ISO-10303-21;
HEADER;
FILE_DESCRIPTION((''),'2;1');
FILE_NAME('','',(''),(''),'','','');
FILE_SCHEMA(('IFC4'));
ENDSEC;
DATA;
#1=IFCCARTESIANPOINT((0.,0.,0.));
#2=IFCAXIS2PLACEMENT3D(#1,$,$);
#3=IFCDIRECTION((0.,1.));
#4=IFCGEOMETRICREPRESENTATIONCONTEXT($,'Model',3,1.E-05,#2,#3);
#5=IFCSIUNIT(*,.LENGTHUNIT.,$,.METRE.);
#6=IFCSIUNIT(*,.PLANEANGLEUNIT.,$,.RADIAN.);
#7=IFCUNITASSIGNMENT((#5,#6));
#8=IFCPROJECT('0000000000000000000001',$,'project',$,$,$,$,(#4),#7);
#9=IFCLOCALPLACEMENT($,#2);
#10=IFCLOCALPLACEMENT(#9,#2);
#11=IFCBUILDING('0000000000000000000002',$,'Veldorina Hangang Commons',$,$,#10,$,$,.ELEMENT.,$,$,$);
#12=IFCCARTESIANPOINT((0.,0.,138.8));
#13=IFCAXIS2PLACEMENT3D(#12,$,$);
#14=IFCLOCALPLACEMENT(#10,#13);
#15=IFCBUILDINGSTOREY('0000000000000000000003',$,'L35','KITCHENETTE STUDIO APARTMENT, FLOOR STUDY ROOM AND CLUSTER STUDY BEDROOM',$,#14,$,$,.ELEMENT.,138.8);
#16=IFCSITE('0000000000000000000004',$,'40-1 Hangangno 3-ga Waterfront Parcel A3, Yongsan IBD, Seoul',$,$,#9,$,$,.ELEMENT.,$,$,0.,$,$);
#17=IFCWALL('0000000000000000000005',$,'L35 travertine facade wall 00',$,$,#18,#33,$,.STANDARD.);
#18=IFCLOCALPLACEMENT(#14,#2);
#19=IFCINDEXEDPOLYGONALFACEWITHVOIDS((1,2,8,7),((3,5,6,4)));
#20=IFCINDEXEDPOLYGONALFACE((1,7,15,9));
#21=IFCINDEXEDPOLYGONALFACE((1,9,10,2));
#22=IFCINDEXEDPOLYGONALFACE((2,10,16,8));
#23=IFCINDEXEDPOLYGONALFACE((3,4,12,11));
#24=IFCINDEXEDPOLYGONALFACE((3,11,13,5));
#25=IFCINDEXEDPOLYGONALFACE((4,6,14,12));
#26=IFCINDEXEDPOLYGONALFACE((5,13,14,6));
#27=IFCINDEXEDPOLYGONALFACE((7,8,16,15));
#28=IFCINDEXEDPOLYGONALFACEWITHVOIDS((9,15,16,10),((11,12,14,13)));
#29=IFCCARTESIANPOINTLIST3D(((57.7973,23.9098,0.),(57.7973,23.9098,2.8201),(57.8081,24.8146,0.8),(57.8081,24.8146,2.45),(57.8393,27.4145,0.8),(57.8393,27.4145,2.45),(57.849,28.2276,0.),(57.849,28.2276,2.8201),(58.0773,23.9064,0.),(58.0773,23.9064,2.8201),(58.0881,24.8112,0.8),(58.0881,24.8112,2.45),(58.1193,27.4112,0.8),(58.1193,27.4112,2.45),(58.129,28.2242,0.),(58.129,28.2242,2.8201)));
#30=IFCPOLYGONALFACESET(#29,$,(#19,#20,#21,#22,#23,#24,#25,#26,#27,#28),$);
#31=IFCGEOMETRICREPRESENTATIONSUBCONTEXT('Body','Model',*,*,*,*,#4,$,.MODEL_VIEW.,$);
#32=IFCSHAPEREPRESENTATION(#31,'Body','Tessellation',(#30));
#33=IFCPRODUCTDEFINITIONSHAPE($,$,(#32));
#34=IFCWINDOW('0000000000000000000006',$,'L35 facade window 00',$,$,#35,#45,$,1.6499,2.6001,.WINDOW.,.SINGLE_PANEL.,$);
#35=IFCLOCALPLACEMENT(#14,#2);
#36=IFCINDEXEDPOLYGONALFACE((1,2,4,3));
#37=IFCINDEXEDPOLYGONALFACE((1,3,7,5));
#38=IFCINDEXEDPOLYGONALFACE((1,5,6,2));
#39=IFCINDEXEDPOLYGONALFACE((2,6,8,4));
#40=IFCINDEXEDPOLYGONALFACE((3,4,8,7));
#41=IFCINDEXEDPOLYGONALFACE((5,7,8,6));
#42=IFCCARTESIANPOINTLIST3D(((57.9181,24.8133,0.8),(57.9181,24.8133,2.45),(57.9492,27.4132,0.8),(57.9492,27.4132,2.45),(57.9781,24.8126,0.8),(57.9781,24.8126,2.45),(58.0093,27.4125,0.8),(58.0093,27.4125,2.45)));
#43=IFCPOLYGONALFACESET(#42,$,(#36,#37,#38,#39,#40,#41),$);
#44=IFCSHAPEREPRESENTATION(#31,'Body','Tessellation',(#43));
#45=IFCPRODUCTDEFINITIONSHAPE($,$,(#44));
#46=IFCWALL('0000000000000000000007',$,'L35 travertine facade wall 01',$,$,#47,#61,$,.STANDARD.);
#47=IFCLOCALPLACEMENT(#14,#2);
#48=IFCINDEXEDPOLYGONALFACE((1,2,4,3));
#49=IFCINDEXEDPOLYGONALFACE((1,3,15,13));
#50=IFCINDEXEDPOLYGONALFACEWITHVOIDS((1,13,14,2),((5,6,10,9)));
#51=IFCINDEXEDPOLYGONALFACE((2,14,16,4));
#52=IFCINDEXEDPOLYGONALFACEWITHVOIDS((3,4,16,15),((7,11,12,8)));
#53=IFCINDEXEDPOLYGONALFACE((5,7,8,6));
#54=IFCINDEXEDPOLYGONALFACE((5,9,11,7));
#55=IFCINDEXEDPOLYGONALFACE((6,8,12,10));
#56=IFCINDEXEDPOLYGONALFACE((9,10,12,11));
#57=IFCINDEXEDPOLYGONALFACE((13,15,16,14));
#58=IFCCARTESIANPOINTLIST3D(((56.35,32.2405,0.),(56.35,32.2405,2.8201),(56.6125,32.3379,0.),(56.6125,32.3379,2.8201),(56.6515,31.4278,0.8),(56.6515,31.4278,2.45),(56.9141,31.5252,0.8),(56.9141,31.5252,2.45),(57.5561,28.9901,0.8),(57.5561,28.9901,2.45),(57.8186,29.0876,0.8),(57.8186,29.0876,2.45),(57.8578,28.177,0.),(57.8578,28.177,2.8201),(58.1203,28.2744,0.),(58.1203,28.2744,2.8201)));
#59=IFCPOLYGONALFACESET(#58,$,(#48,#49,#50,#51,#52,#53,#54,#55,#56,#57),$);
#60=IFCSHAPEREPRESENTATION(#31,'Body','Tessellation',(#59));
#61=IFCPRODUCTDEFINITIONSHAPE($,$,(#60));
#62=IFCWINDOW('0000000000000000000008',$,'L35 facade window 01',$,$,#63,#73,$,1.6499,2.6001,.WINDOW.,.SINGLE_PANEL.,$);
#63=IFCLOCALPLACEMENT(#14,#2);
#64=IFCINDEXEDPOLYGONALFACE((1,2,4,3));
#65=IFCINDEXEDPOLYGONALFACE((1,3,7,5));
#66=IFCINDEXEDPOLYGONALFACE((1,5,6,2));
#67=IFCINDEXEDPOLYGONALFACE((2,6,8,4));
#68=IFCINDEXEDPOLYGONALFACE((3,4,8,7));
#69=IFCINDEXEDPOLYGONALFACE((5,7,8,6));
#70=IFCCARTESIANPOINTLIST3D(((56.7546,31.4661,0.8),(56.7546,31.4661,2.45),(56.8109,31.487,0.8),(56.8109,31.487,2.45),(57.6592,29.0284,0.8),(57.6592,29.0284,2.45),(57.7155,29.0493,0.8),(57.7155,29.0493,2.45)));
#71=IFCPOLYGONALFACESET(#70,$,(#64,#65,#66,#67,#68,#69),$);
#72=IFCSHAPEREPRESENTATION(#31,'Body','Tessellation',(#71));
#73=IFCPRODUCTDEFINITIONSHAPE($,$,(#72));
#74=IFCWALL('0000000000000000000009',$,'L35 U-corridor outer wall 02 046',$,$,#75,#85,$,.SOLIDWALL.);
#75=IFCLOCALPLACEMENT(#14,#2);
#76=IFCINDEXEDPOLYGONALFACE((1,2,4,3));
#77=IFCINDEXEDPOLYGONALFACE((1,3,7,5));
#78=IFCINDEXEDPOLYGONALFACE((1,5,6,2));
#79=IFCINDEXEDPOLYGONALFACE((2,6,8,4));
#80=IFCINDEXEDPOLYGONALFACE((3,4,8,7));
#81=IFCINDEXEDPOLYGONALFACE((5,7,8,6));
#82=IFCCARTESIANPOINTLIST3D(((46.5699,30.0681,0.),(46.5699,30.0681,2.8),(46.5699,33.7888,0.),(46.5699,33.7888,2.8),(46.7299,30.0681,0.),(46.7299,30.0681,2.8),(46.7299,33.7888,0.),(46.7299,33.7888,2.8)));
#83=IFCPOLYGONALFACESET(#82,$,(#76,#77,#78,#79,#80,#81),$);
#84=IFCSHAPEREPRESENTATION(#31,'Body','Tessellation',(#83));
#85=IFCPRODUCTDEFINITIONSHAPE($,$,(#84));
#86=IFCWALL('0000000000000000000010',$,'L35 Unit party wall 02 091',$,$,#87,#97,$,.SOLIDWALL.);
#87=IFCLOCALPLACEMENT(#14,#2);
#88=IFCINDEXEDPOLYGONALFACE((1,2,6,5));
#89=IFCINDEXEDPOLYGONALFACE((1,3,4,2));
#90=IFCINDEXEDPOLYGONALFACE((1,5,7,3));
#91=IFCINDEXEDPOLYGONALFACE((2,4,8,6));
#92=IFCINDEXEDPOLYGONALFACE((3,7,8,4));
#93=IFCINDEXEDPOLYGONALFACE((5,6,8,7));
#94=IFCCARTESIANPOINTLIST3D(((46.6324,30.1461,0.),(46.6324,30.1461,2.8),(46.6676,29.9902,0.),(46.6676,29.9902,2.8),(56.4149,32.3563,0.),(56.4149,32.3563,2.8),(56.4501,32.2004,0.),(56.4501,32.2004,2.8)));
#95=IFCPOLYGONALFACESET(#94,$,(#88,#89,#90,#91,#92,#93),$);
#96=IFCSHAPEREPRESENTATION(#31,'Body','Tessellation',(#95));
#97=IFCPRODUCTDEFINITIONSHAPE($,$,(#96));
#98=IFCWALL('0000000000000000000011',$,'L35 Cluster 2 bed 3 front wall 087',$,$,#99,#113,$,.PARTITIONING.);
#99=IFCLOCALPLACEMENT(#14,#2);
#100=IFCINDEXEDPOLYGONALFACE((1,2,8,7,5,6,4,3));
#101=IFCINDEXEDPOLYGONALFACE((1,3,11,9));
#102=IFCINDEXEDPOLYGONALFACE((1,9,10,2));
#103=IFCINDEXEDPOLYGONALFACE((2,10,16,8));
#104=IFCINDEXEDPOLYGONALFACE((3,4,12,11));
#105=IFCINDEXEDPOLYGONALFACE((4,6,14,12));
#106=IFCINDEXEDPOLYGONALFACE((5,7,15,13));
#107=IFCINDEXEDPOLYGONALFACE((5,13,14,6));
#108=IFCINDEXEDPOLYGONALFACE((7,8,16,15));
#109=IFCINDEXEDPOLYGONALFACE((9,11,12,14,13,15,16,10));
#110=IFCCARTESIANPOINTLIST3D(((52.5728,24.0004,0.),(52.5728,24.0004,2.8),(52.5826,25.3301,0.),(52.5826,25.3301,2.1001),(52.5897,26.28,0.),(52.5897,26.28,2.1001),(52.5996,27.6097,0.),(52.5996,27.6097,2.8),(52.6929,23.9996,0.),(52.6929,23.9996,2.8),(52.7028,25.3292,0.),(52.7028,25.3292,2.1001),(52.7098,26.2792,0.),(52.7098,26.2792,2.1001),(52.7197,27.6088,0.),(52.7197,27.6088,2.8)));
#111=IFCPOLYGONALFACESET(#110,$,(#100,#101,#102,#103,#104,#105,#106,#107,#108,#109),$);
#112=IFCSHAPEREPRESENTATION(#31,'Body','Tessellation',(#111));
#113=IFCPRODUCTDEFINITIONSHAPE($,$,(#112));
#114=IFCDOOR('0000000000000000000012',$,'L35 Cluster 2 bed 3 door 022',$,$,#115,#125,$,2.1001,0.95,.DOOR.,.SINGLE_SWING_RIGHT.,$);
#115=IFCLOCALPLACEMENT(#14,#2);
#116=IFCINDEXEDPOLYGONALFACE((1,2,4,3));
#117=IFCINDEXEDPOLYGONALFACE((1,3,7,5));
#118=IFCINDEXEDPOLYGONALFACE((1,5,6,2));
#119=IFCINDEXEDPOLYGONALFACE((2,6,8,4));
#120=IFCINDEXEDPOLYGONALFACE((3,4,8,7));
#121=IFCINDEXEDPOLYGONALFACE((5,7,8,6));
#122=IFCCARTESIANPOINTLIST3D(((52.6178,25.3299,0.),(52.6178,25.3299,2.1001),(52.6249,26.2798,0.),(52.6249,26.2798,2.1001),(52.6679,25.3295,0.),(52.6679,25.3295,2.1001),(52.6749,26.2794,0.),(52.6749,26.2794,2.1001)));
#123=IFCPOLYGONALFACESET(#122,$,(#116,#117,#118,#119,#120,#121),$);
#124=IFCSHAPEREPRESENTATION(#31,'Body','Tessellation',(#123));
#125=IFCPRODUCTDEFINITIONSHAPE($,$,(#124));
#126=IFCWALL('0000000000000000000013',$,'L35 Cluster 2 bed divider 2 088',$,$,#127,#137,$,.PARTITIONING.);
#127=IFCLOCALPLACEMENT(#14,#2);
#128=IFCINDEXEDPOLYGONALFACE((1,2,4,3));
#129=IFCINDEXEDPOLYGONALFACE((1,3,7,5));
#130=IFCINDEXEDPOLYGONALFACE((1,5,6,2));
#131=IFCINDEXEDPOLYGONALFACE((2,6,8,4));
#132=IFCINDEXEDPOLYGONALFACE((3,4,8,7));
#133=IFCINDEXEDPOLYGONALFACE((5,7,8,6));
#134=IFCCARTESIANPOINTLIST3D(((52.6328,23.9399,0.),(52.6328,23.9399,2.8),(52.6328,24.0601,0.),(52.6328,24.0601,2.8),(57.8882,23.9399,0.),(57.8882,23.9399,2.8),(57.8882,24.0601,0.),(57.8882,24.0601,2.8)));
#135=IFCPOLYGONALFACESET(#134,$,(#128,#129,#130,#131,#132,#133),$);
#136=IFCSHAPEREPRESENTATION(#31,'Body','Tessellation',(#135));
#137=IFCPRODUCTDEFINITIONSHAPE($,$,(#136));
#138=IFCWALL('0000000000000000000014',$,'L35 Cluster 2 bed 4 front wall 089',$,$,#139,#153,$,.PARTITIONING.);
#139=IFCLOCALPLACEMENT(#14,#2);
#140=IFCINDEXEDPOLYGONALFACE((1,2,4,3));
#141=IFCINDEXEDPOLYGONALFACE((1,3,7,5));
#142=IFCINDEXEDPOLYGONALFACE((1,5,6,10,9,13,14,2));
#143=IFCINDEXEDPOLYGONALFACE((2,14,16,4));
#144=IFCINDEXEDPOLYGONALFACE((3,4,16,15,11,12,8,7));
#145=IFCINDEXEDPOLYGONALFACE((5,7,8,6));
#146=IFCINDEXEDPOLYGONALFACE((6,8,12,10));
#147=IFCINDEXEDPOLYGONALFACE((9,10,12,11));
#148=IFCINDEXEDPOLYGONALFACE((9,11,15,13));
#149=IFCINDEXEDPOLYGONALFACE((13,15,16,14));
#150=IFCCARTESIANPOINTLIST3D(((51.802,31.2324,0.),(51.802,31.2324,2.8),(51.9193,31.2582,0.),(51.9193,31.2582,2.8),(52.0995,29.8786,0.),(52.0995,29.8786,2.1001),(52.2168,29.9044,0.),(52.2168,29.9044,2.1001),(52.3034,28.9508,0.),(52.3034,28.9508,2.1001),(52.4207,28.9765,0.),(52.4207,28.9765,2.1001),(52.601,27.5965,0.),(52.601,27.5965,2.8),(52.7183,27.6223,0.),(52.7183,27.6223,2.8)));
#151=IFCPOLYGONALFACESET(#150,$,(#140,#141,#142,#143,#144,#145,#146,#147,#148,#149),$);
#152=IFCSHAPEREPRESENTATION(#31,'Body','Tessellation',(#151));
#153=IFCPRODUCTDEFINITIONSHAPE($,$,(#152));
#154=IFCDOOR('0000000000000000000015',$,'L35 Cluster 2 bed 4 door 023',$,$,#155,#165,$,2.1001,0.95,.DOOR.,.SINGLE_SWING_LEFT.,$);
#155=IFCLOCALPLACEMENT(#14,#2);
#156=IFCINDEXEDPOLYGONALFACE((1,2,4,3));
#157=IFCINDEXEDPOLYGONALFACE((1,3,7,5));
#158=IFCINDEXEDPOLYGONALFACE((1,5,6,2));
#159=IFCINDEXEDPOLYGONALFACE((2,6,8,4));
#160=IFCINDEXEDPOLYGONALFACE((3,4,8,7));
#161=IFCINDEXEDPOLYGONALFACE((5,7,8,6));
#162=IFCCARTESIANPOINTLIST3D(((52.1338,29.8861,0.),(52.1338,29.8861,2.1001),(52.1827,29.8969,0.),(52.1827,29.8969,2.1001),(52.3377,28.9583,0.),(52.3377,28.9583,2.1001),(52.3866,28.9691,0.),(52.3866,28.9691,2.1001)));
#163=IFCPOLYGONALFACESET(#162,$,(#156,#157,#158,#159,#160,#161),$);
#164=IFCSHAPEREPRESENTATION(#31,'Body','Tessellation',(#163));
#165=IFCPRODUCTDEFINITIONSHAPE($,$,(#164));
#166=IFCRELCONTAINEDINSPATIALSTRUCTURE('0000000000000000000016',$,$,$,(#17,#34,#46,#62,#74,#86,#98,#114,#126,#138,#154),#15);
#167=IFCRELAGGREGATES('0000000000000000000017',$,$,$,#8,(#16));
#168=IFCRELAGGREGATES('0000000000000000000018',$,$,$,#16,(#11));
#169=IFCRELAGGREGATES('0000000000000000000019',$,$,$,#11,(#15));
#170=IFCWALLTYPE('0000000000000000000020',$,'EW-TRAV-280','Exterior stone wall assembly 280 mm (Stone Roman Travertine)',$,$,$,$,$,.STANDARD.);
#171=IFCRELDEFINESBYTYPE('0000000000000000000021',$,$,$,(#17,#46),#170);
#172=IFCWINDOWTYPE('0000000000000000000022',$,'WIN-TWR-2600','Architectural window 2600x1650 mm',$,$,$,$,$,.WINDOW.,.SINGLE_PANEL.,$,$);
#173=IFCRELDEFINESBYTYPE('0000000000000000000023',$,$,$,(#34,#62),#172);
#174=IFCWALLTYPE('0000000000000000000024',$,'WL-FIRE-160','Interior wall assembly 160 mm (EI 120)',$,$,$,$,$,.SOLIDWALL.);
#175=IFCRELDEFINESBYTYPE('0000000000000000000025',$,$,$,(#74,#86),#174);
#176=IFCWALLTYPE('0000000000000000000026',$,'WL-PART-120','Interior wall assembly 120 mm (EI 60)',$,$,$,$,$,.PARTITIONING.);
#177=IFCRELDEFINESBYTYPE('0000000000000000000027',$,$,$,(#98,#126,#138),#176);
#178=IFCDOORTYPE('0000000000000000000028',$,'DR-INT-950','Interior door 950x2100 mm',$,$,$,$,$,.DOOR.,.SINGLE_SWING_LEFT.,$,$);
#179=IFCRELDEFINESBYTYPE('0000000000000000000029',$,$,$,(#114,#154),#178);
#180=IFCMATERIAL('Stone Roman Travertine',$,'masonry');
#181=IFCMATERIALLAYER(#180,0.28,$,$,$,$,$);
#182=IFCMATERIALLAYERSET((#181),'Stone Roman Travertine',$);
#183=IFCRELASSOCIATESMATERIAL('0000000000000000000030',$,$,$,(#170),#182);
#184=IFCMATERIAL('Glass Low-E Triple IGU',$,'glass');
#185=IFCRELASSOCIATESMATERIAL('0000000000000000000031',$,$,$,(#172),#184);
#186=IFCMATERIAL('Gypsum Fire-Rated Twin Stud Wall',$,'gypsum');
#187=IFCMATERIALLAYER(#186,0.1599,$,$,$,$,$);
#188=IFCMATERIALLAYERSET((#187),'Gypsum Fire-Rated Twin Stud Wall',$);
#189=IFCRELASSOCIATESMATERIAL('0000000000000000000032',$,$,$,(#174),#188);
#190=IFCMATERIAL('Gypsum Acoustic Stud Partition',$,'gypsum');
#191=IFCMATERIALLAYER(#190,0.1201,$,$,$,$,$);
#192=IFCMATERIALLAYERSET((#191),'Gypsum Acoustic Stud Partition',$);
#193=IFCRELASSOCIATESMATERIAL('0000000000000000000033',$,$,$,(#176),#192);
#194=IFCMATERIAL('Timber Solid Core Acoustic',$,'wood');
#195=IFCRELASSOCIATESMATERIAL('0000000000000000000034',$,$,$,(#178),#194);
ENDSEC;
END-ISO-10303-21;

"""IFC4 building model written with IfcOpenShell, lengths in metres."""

from ifc_helpers import new_model, si_unit, direction, frame, frame_2d, origin, place, context, subcontext, project, spatial, rectangle, extrude, material, layer, layer_set, type_object, element, fill, save


model = new_model("IFC4")

# Units and contexts
model_context = context("Model", 3, precision=1e-05, world=origin(), true_north=direction((0.0, 1.0)))
body_context = subcontext(model_context, "Body", "Model", "MODEL_VIEW")
ifc_project = project(units=[si_unit("LENGTHUNIT", "METRE"), si_unit("PLANEANGLEUNIT", "RADIAN")], contexts=[model_context])

# Site, building, storey
site_placement = place(None, origin())
site = spatial("IfcSite", under=ifc_project, at=site_placement, Name="40-1 Hangangno 3-ga Waterfront Parcel A3, Yongsan IBD, Seoul", CompositionType="ELEMENT", RefElevation=0.0)
building_placement = place(site_placement, origin())
building = spatial("IfcBuilding", under=site, at=building_placement, Name="Veldorina Hangang Commons", CompositionType="ELEMENT")
storey_placement = place(building_placement, frame((0.0, 0.0, 138.8)))
storey = spatial("IfcBuildingStorey", under=building, at=storey_placement, Name="L35", Description="KITCHENETTE STUDIO APARTMENT, FLOOR STUDY ROOM AND CLUSTER STUDY BEDROOM", CompositionType="ELEMENT", Elevation=138.8)

# Shared definitions
ifc_material_1 = material(Name="Glass Low-E Triple IGU", Category="glass")

# Walls, openings, windows
ifc_material_2 = material(Name="Stone Roman Travertine", Category="masonry")
ifc_layer_1 = layer(ifc_material_2, 0.28)
ifc_layer_set_1 = layer_set([ifc_layer_1], Name="Stone Roman Travertine")
wall_type_1 = type_object("IfcWallType", Name="EW-TRAV-280", Description="Exterior stone wall assembly 280 mm (Stone Roman Travertine)", PredefinedType="STANDARD", material=ifc_layer_set_1)
wall_1_placement = place(storey_placement, frame((57.9373, 23.908, 0.0), z_axis=(0.0, 0.0, 1.0), x_axis=(0.011986, 0.999928, 0.0)))
wall_1 = element("IfcWall", 1, at=wall_1_placement, inside=storey, type_object=wall_type_1, Name="L35 travertine facade wall 00", PredefinedType="STANDARD", context=body_context, shape_type="SweptSolid", body=[
    extrude(rectangle(XDim=4.3181, YDim=0.28, at=frame_2d((2.1592, 0.0))), origin(), (0.0, 0.0, 1.0), 2.8201),
])
opening_1_placement = place(wall_1_placement, frame((0.905, 0.0, 0.8)))
opening_1 = element("IfcOpeningElement", 2, at=opening_1_placement, cuts=wall_1, PredefinedType="OPENING", context=body_context, shape_type="SweptSolid", body=[
    extrude(rectangle(XDim=2.6001, YDim=1.6499, at=frame_2d((1.3, 0.825))), frame((0.0, 0.1499, 0.0), z_axis=(0.0, -1.0, 0.0), x_axis=(1.0, 0.0, 0.0)), (0.0, 0.0, 1.0), 0.3),
])
window_type = type_object("IfcWindowType", Name="WIN-TWR-2600", Description="Architectural window 2600x1650 mm", PartitioningType="SINGLE_PANEL", PredefinedType="WINDOW", material=ifc_material_1)
window_1_placement = place(opening_1_placement, origin())
window_1 = element("IfcWindow", 3, at=window_1_placement, inside=storey, type_object=window_type, Name="L35 facade window 00", OverallHeight=1.6499, OverallWidth=2.6001, PartitioningType="SINGLE_PANEL", PredefinedType="WINDOW", context=body_context, shape_type="SweptSolid", body=[
    extrude(rectangle(XDim=2.6001, YDim=1.6499, at=frame_2d((1.3, 0.825))), frame((0.0, 0.03, 0.0), z_axis=(0.0, -1.0, 0.0), x_axis=(1.0, 0.0, 0.0)), (0.0, 0.0, 1.0), 0.0601),
])
fill(opening_1, window_1)
wall_2_placement = place(storey_placement, frame((57.989, 28.2258, 0.0), z_axis=(0.0, 0.0, 1.0), x_axis=(-0.347887, 0.937537, 0.0)))
wall_2 = element("IfcWall", 4, at=wall_2_placement, inside=storey, type_object=wall_type_1, Name="L35 travertine facade wall 01", PredefinedType="STANDARD", context=body_context, shape_type="SweptSolid", body=[
    extrude(rectangle(XDim=4.3342, YDim=0.28, at=frame_2d((2.167, 0.0))), origin(), (0.0, 0.0, 1.0), 2.8201),
])
opening_2_placement = place(wall_2_placement, frame((0.8672, 0.0, 0.8)))
opening_2 = element("IfcOpeningElement", 5, at=opening_2_placement, cuts=wall_2, PredefinedType="OPENING", context=body_context, shape_type="SweptSolid", body=[
    extrude(rectangle(XDim=2.6001, YDim=1.6499, at=frame_2d((1.3, 0.825))), frame((0.0, 0.1499, 0.0), z_axis=(0.0, -1.0, 0.0), x_axis=(1.0, 0.0, 0.0)), (0.0, 0.0, 1.0), 0.3),
])
window_2_placement = place(opening_2_placement, origin())
window_2 = element("IfcWindow", 6, at=window_2_placement, inside=storey, type_object=window_type, Name="L35 facade window 01", OverallHeight=1.6499, OverallWidth=2.6001, PartitioningType="SINGLE_PANEL", PredefinedType="WINDOW", context=body_context, shape_type="SweptSolid", body=[
    extrude(rectangle(XDim=2.6001, YDim=1.6499, at=frame_2d((1.3, 0.825))), frame((0.0, 0.03, 0.0), z_axis=(0.0, -1.0, 0.0), x_axis=(1.0, 0.0, 0.0)), (0.0, 0.0, 1.0), 0.0601),
])
fill(opening_2, window_2)

# Walls
ifc_material_3 = material(Name="Gypsum Fire-Rated Twin Stud Wall", Category="gypsum")
ifc_layer_2 = layer(ifc_material_3, 0.1599)
ifc_layer_set_2 = layer_set([ifc_layer_2], Name="Gypsum Fire-Rated Twin Stud Wall")
wall_type_2 = type_object("IfcWallType", Name="WL-FIRE-160", Description="Interior wall assembly 160 mm (EI 120)", PredefinedType="SOLIDWALL", material=ifc_layer_set_2)
wall_3_placement = place(storey_placement, frame((46.6499, 30.0681, 0.0), z_axis=(0.0, 0.0, 1.0), x_axis=(0.0, 1.0, 0.0)))
element("IfcWall", 7, at=wall_3_placement, inside=storey, type_object=wall_type_2, Name="L35 U-corridor outer wall 02 046", PredefinedType="SOLIDWALL", context=body_context, shape_type="SweptSolid", body=[
    extrude(rectangle(XDim=3.7207, YDim=0.1599, at=frame_2d((1.8604, 0.0))), origin(), (0.0, 0.0, 1.0), 2.8),
])
wall_4_placement = place(storey_placement, frame((46.6499, 30.0681, 0.0), z_axis=(0.0, 0.0, 1.0), x_axis=(0.975414, 0.22038, 0.0)))
element("IfcWall", 8, at=wall_4_placement, inside=storey, type_object=wall_type_2, Name="L35 Unit party wall 02 091", PredefinedType="SOLIDWALL", context=body_context, shape_type="SweptSolid", body=[
    extrude(rectangle(XDim=10.0291, YDim=0.1599, at=frame_2d((5.0146, 0.0))), origin(), (0.0, 0.0, 1.0), 2.8),
])

# Wall, opening, door
ifc_material_4 = material(Name="Gypsum Acoustic Stud Partition", Category="gypsum")
ifc_layer_3 = layer(ifc_material_4, 0.1201)
ifc_layer_set_3 = layer_set([ifc_layer_3], Name="Gypsum Acoustic Stud Partition")
wall_type_3 = type_object("IfcWallType", Name="WL-PART-120", Description="Interior wall assembly 120 mm (EI 60)", PredefinedType="PARTITIONING", material=ifc_layer_set_3)
wall_5_placement = place(storey_placement, frame((52.6328, 24.0, 0.0), z_axis=(0.0, 0.0, 1.0), x_axis=(0.00744, 0.999972, 0.0)))
wall_5 = element("IfcWall", 9, at=wall_5_placement, inside=storey, type_object=wall_type_3, Name="L35 Cluster 2 bed 3 front wall 087", PredefinedType="PARTITIONING", context=body_context, shape_type="SweptSolid", body=[
    extrude(rectangle(XDim=3.6094, YDim=0.1201, at=frame_2d((1.8047, 0.0))), origin(), (0.0, 0.0, 1.0), 2.8),
])
opening_3_placement = place(wall_5_placement, frame((1.3296, 0.0, 0.0)))
opening_3 = element("IfcOpeningElement", 10, at=opening_3_placement, cuts=wall_5, PredefinedType="OPENING", context=body_context, shape_type="SweptSolid", body=[
    extrude(rectangle(XDim=0.95, YDim=2.1001, at=frame_2d((0.4751, 1.05))), frame((0.0, 0.0701, 0.0), z_axis=(0.0, -1.0, 0.0), x_axis=(1.0, 0.0, 0.0)), (0.0, 0.0, 1.0), 0.1401),
])
ifc_material_5 = material(Name="Timber Solid Core Acoustic", Category="wood")
door_type = type_object("IfcDoorType", Name="DR-INT-950", Description="Interior door 950x2100 mm", OperationType="SINGLE_SWING_LEFT", PredefinedType="DOOR", material=ifc_material_5)
door_1_placement = place(opening_3_placement, origin())
door_1 = element("IfcDoor", 11, at=door_1_placement, inside=storey, type_object=door_type, Name="L35 Cluster 2 bed 3 door 022", OperationType="SINGLE_SWING_RIGHT", OverallHeight=2.1001, OverallWidth=0.95, PredefinedType="DOOR", context=body_context, shape_type="SweptSolid", body=[
    extrude(rectangle(XDim=0.95, YDim=2.1001, at=frame_2d((0.4751, 1.05))), frame((0.0, 0.0249, 0.0), z_axis=(0.0, -1.0, 0.0), x_axis=(1.0, 0.0, 0.0)), (0.0, 0.0, 1.0), 0.05),
])
fill(opening_3, door_1)

# Wall
wall_6_placement = place(storey_placement, frame((52.6328, 24.0, 0.0), z_axis=(0.0, 0.0, 1.0), x_axis=(1.0, 0.0, 0.0)))
element("IfcWall", 12, at=wall_6_placement, inside=storey, type_object=wall_type_3, Name="L35 Cluster 2 bed divider 2 088", PredefinedType="PARTITIONING", context=body_context, shape_type="SweptSolid", body=[
    extrude(rectangle(XDim=5.2554, YDim=0.1201, at=frame_2d((2.6277, 0.0))), origin(), (0.0, 0.0, 1.0), 2.8),
])

# Wall, opening, door
wall_7_placement = place(storey_placement, frame((52.6597, 27.6094, 0.0), z_axis=(0.0, 0.0, 1.0), x_axis=(-0.214645, 0.976692, 0.0)))
wall_7 = element("IfcWall", 13, at=wall_7_placement, inside=storey, type_object=wall_type_3, Name="L35 Cluster 2 bed 4 front wall 089", PredefinedType="PARTITIONING", context=body_context, shape_type="SweptSolid", body=[
    extrude(rectangle(XDim=3.7227, YDim=0.1201, at=frame_2d((1.8613, 0.0))), origin(), (0.0, 0.0, 1.0), 2.8),
])
opening_4_placement = place(wall_7_placement, frame((1.3865, 0.0, 0.0)))
opening_4 = element("IfcOpeningElement", 14, at=opening_4_placement, cuts=wall_7, PredefinedType="OPENING", context=body_context, shape_type="SweptSolid", body=[
    extrude(rectangle(XDim=0.95, YDim=2.1001, at=frame_2d((0.4751, 1.05))), frame((0.0, 0.0701, 0.0), z_axis=(0.0, -1.0, 0.0), x_axis=(1.0, 0.0, 0.0)), (0.0, 0.0, 1.0), 0.1401),
])
door_2_placement = place(opening_4_placement, origin())
door_2 = element("IfcDoor", 15, at=door_2_placement, inside=storey, type_object=door_type, Name="L35 Cluster 2 bed 4 door 023", OperationType="SINGLE_SWING_LEFT", OverallHeight=2.1001, OverallWidth=0.95, PredefinedType="DOOR", context=body_context, shape_type="SweptSolid", body=[
    extrude(rectangle(XDim=0.95, YDim=2.1001, at=frame_2d((0.4751, 1.05))), frame((0.0, 0.0249, 0.0), z_axis=(0.0, -1.0, 0.0), x_axis=(1.0, 0.0, 0.0)), (0.0, 0.0, 1.0), 0.05),
])
fill(opening_4, door_2)

save(model, "model.ifc")
